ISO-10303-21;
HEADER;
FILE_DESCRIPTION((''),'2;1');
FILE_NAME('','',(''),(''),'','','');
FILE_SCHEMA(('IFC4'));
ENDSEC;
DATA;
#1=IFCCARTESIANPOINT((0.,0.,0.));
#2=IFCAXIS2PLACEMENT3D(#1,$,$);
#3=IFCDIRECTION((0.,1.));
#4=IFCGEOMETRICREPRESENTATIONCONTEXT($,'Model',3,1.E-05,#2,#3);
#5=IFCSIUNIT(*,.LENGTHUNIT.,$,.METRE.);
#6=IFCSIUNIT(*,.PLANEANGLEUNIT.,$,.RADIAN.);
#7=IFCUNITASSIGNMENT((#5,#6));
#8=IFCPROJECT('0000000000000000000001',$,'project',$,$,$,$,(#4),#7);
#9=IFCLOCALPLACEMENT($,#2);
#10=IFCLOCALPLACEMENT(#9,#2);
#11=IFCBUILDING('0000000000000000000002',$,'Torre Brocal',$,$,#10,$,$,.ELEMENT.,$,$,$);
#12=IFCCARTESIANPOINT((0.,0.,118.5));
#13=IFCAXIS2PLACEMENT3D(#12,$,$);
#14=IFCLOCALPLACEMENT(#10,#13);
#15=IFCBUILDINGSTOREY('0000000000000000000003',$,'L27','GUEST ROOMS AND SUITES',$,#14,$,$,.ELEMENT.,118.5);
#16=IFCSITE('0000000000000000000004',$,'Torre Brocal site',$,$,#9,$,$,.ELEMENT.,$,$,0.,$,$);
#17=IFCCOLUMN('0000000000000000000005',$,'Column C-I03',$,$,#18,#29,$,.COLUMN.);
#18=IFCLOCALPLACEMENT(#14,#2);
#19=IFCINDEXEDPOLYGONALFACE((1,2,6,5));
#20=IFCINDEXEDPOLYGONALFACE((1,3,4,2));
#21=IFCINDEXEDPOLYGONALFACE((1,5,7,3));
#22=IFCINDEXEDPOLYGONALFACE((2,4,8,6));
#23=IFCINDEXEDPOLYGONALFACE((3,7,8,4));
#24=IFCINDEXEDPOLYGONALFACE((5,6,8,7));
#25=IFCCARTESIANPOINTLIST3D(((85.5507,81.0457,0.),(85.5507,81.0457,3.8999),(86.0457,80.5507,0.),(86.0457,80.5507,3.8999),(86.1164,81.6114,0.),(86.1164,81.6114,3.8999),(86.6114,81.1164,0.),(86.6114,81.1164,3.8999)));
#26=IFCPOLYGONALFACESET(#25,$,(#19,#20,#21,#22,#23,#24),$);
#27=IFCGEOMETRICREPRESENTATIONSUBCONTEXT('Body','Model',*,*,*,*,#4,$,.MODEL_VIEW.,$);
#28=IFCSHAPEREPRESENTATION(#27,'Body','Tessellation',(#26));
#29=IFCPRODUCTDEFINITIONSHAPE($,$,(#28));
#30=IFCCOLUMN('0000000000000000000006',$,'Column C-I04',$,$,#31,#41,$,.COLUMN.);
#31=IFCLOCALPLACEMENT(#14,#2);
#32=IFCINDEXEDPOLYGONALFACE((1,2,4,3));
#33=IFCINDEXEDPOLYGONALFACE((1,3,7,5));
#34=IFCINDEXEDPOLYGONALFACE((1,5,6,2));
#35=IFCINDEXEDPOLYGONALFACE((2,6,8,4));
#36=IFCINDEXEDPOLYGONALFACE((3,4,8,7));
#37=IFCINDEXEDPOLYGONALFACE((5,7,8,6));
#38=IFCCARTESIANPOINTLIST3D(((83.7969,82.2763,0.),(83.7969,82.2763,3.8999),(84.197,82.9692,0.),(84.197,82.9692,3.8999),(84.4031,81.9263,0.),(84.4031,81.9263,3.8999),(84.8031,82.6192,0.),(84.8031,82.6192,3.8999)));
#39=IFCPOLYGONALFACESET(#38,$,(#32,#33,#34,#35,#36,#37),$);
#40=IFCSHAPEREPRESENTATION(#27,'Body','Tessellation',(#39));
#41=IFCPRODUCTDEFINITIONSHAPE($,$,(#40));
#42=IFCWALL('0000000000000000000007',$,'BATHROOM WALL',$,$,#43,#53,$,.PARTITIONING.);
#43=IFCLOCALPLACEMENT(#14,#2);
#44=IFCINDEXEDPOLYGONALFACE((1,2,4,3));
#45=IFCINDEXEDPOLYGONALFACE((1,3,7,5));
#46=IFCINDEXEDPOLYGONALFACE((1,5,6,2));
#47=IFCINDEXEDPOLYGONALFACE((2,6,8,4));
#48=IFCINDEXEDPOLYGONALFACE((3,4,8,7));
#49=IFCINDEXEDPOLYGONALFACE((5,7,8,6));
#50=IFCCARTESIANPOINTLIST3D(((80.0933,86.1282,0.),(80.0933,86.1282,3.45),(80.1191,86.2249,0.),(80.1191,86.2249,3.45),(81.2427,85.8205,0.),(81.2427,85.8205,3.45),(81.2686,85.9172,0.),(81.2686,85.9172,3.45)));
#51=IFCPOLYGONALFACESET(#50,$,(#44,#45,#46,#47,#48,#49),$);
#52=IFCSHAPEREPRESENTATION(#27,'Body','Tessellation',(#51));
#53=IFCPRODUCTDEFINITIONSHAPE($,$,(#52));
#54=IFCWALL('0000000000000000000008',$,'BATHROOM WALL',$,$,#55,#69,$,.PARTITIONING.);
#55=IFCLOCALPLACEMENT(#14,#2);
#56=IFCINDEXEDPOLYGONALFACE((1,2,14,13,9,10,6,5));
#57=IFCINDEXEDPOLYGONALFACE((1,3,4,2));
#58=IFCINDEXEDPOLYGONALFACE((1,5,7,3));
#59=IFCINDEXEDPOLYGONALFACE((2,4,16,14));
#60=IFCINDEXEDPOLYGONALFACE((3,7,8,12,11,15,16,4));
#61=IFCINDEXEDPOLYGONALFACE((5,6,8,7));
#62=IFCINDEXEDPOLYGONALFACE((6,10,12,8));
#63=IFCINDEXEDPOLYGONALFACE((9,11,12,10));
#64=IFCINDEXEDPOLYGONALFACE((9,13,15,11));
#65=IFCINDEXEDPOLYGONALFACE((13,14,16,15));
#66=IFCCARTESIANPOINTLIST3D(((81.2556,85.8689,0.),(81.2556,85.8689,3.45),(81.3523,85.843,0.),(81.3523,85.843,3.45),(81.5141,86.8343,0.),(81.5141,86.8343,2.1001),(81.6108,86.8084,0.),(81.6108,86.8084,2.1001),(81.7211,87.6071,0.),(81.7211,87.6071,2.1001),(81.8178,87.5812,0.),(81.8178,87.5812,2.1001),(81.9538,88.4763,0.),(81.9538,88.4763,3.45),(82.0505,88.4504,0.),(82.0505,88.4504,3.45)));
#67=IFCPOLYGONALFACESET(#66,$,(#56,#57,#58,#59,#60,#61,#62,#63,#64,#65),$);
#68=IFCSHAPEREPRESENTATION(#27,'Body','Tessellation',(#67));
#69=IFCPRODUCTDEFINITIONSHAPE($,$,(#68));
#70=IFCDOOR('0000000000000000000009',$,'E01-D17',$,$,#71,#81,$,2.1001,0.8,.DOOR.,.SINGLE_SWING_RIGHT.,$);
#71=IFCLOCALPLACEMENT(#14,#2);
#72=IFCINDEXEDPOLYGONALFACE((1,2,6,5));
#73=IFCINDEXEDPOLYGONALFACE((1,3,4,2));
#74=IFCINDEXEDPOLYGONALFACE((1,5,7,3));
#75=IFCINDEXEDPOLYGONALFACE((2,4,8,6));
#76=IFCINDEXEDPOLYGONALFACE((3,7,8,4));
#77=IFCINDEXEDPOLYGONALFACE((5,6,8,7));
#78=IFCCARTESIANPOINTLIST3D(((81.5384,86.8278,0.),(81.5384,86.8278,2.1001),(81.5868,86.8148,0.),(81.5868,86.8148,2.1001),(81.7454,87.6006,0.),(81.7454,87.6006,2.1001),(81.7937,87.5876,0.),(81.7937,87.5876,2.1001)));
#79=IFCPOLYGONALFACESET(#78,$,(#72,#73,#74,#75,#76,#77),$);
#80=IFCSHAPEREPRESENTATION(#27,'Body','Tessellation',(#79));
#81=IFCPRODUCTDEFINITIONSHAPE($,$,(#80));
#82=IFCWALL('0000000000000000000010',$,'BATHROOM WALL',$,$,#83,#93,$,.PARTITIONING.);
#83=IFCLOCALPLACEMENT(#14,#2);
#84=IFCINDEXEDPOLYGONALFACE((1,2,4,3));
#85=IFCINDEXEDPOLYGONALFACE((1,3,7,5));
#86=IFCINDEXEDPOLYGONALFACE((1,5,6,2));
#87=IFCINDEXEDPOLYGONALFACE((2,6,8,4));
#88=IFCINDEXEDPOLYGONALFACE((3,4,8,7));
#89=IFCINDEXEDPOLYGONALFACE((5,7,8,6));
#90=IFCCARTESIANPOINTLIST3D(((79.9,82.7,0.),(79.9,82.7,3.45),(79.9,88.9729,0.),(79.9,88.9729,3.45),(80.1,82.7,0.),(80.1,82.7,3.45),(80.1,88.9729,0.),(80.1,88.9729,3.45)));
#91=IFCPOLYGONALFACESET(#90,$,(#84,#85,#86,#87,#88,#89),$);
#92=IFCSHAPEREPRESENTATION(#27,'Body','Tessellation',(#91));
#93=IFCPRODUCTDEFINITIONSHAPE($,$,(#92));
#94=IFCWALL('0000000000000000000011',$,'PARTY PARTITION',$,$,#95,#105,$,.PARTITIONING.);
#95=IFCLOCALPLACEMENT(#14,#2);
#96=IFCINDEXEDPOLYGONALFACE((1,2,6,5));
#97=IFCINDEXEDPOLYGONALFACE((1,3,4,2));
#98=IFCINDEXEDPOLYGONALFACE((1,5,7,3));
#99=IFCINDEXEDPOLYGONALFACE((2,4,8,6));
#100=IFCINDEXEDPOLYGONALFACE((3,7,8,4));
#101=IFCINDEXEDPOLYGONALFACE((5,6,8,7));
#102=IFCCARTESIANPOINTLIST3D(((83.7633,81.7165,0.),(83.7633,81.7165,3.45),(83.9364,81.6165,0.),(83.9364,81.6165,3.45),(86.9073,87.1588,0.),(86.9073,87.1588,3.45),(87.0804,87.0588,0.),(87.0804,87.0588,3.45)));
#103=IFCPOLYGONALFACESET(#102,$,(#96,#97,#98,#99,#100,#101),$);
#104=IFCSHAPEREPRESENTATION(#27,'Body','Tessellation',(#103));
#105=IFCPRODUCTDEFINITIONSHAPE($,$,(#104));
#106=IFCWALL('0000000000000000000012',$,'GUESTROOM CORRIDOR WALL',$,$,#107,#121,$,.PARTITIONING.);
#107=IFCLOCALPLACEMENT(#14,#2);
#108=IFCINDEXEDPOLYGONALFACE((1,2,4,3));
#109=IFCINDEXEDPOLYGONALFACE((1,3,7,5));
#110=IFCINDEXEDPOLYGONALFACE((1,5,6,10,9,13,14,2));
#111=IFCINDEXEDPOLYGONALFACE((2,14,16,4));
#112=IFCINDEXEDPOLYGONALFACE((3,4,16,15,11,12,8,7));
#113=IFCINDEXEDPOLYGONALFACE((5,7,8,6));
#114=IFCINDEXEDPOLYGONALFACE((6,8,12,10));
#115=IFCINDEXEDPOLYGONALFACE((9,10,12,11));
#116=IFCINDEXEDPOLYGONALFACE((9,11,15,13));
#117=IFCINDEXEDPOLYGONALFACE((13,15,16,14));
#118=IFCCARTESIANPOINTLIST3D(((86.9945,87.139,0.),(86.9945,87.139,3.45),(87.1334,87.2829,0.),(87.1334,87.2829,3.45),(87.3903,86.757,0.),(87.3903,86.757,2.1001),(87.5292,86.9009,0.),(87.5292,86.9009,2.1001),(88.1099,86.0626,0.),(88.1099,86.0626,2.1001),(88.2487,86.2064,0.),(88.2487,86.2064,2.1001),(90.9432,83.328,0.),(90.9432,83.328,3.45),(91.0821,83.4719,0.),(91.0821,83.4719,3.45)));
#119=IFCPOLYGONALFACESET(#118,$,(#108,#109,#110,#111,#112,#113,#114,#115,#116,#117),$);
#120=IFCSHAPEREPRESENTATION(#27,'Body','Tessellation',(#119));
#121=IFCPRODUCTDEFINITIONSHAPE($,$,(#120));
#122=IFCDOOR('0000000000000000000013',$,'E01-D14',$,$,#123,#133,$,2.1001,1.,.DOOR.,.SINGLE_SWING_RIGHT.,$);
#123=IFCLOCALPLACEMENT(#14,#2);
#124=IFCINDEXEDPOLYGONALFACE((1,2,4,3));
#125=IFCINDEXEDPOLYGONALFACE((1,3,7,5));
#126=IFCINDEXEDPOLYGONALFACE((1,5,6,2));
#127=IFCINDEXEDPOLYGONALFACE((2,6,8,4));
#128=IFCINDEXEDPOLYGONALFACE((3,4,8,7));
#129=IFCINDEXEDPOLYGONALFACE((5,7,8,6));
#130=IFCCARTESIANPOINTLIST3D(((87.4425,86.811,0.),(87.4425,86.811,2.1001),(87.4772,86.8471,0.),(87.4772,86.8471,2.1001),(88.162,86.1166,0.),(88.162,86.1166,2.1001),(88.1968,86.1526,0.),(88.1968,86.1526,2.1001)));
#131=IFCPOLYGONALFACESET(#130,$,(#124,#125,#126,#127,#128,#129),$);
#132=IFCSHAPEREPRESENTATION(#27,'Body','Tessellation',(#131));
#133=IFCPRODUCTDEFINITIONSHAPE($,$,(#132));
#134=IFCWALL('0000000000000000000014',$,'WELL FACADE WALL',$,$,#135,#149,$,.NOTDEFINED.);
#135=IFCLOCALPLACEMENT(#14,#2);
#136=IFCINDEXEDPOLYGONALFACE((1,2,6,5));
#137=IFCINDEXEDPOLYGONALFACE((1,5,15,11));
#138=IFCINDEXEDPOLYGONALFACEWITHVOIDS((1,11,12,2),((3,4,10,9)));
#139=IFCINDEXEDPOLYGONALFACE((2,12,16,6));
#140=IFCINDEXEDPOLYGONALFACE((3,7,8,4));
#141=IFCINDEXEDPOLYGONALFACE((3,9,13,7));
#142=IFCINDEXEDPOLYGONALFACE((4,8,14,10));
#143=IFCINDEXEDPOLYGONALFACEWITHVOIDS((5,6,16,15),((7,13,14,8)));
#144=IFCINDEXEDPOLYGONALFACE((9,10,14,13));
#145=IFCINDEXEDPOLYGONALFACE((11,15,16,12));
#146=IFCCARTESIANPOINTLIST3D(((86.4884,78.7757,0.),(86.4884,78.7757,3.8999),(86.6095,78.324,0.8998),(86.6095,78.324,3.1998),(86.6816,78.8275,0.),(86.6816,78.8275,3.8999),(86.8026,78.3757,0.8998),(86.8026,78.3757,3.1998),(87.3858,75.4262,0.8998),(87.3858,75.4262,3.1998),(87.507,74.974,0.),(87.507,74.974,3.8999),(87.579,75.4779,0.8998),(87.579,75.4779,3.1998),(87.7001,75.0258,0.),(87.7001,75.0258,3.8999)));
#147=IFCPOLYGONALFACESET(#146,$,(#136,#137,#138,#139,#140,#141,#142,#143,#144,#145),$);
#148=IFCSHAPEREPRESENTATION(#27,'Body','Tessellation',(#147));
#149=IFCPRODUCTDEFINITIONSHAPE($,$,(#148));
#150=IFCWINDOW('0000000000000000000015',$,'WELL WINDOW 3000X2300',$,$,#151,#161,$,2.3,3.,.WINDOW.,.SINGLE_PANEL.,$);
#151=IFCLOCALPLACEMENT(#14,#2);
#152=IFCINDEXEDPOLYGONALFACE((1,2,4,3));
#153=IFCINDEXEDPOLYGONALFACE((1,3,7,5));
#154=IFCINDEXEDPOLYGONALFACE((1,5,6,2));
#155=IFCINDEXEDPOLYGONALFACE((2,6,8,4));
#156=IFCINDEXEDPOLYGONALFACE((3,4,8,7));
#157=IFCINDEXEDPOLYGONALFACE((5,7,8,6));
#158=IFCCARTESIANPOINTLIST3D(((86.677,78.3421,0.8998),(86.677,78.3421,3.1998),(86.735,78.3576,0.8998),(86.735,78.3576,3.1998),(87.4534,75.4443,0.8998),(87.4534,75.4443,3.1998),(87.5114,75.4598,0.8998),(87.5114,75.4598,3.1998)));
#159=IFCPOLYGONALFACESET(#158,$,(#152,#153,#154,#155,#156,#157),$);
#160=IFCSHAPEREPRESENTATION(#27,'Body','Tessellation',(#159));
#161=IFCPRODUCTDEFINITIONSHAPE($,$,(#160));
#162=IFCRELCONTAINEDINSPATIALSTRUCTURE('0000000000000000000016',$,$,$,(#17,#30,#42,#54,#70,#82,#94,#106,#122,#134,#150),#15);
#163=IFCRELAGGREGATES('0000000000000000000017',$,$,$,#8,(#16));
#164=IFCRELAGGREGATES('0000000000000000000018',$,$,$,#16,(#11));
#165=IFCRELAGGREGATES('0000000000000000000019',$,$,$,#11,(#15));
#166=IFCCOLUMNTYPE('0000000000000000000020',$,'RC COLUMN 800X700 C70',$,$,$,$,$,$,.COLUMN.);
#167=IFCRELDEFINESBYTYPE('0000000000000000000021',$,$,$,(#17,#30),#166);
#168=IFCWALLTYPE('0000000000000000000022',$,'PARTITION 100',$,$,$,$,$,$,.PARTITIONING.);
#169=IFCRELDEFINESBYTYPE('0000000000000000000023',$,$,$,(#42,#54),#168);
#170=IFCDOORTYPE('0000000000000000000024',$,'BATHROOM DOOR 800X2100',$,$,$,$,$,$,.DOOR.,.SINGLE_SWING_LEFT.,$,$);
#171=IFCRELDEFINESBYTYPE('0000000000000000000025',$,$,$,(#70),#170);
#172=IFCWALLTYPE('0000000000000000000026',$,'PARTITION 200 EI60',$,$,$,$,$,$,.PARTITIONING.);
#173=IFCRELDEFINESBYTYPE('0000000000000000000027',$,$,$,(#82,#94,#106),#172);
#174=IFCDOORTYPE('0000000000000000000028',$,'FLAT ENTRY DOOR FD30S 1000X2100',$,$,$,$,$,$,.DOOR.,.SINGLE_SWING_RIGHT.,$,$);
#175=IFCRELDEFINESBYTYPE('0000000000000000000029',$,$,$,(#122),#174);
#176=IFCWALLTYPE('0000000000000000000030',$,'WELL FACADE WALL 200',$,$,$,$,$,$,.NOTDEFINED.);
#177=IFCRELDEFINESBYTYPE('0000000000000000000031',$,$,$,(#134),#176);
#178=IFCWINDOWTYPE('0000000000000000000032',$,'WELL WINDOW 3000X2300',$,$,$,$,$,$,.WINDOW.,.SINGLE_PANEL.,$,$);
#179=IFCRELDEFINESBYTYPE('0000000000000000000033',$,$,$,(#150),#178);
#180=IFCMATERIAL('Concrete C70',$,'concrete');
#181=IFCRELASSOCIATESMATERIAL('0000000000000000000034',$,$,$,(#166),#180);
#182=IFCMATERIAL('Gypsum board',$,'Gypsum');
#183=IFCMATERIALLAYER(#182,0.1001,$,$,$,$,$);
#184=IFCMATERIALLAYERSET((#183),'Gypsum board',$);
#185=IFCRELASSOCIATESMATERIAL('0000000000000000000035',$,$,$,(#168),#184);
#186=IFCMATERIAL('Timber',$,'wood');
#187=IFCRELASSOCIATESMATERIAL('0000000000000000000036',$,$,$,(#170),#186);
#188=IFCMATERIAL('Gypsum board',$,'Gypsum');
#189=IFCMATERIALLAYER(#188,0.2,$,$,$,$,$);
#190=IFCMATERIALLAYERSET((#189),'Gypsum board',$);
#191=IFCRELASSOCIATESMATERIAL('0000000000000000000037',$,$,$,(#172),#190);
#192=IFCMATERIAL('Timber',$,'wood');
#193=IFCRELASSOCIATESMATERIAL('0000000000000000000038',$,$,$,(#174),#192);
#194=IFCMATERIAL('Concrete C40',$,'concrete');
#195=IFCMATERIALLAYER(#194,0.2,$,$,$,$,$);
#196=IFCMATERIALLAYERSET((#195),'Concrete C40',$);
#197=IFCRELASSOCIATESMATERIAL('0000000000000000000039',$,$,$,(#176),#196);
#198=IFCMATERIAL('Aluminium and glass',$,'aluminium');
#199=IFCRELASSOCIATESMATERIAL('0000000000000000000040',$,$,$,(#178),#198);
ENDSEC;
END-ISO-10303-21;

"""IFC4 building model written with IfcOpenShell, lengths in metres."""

from ifc_helpers import new_model, si_unit, direction, frame, frame_2d, origin, origin_2d, place, context, subcontext, project, spatial, rectangle, extrude, material, layer, layer_set, material_profile, profile_set, type_object, element, fill, save


model = new_model("IFC4")

# Units and contexts
model_context = context("Model", 3, precision=1e-05, world=origin(), true_north=direction((0.0, 1.0)))
body_context = subcontext(model_context, "Body", "Model", "MODEL_VIEW")
ifc_project = project(units=[si_unit("LENGTHUNIT", "METRE"), si_unit("PLANEANGLEUNIT", "RADIAN")], contexts=[model_context])

# Site, building, storey
site_placement = place(None, origin())
site = spatial("IfcSite", under=ifc_project, at=site_placement, Name="Torre Brocal site", CompositionType="ELEMENT", RefElevation=0.0)
building_placement = place(site_placement, origin())
building = spatial("IfcBuilding", under=site, at=building_placement, Name="Torre Brocal", CompositionType="ELEMENT")
storey_placement = place(building_placement, frame((0.0, 0.0, 118.5)))
storey = spatial("IfcBuildingStorey", under=building, at=storey_placement, Name="L27", Description="GUEST ROOMS AND SUITES", CompositionType="ELEMENT", Elevation=118.5)

# Columns
ifc_material_1 = material(Name="Concrete C70", Category="concrete")
ifc_material_profile = material_profile(ifc_material_1, rectangle(XDim=0.8, YDim=0.7, at=origin_2d()), Name="RC 800X700")
ifc_profile_set = profile_set([ifc_material_profile], Name="Concrete C70")
column_type = type_object("IfcColumnType", Name="RC COLUMN 800X700 C70", PredefinedType="COLUMN", material=ifc_profile_set)
for number, where, z_axis, x_axis, name in (
    (1, (86.0811, 81.0811, 0.0), (0.0, 0.0, 1.0), (0.707107, 0.707107, 0.0), "Column C-I03"),
    (2, (84.3, 82.4478, 0.0), (0.0, 0.0, 1.0), (0.5, 0.866025, 0.0), "Column C-I04"),
):
    element("IfcColumn", number, at=place(storey_placement, frame(where, z_axis=z_axis, x_axis=x_axis)), inside=storey, type_object=column_type, Name=name, PredefinedType="COLUMN", context=body_context, shape_type="SweptSolid", body=[
        extrude(rectangle(XDim=0.8, YDim=0.7, at=origin_2d()), origin(), (0.0, 0.0, 1.0), 3.8999),
    ])

# Wall
ifc_material_2 = material(Name="Gypsum board", Category="Gypsum")
ifc_layer_1 = layer(ifc_material_2, 0.1001)
ifc_layer_set_1 = layer_set([ifc_layer_1], Name="Gypsum board")
wall_type_1 = type_object("IfcWallType", Name="PARTITION 100", PredefinedType="PARTITIONING", material=ifc_layer_set_1)
wall_1_placement = place(storey_placement, frame((80.1062, 86.1765, 0.0), z_axis=(0.0, 0.0, 1.0), x_axis=(0.966003, -0.258531, 0.0)))
element("IfcWall", 3, at=wall_1_placement, inside=storey, type_object=wall_type_1, Name="BATHROOM WALL", PredefinedType="PARTITIONING", context=body_context, shape_type="SweptSolid", body=[
    extrude(rectangle(XDim=1.1899, YDim=0.1001, at=frame_2d((0.595, 0.0))), origin(), (0.0, 0.0, 1.0), 3.45),
])

# Wall, opening, door
wall_2_placement = place(storey_placement, frame((81.304, 85.856, 0.0), z_axis=(0.0, 0.0, 1.0), x_axis=(0.258676, 0.965964, 0.0)))
wall_2 = element("IfcWall", 4, at=wall_2_placement, inside=storey, type_object=wall_type_1, Name="BATHROOM WALL", PredefinedType="PARTITIONING", context=body_context, shape_type="SweptSolid", body=[
    extrude(rectangle(XDim=2.6992, YDim=0.1001, at=frame_2d((1.3496, 0.0))), origin(), (0.0, 0.0, 1.0), 3.45),
])
opening_1_placement = place(wall_2_placement, frame((0.9995, 0.0, 0.0)))
opening_1 = element("IfcOpeningElement", 5, at=opening_1_placement, cuts=wall_2, PredefinedType="OPENING", context=body_context, shape_type="SweptSolid", body=[
    extrude(rectangle(XDim=0.8, YDim=2.1001, at=frame_2d((0.3999, 1.05))), frame((0.0, 0.0601, 0.0), z_axis=(0.0, -1.0, 0.0), x_axis=(1.0, 0.0, 0.0)), (0.0, 0.0, 1.0), 0.1201),
])
ifc_material_3 = material(Name="Timber", Category="wood")
door_type_1 = type_object("IfcDoorType", Name="BATHROOM DOOR 800X2100", OperationType="SINGLE_SWING_LEFT", PredefinedType="DOOR", material=ifc_material_3)
door_1_placement = place(opening_1_placement, origin())
door_1 = element("IfcDoor", 6, at=door_1_placement, inside=storey, type_object=door_type_1, Name="E01-D17", OperationType="SINGLE_SWING_RIGHT", OverallHeight=2.1001, OverallWidth=0.8, PredefinedType="DOOR", context=body_context, shape_type="SweptSolid", body=[
    extrude(rectangle(XDim=0.8, YDim=2.1001, at=frame_2d((0.3999, 1.05))), frame((0.0, 0.0249, 0.0), z_axis=(0.0, -1.0, 0.0), x_axis=(1.0, 0.0, 0.0)), (0.0, 0.0, 1.0), 0.05),
])
fill(opening_1, door_1)

# Walls
ifc_material_4 = material(Name="Gypsum board", Category="Gypsum")
ifc_layer_2 = layer(ifc_material_4, 0.2)
ifc_layer_set_2 = layer_set([ifc_layer_2], Name="Gypsum board")
wall_type_2 = type_object("IfcWallType", Name="PARTITION 200 EI60", PredefinedType="PARTITIONING", material=ifc_layer_set_2)
wall_3_placement = place(storey_placement, frame((80.0, 82.7, 0.0), z_axis=(0.0, 0.0, 1.0), x_axis=(0.0, 1.0, 0.0)))
element("IfcWall", 7, at=wall_3_placement, inside=storey, type_object=wall_type_2, Name="BATHROOM WALL", PredefinedType="PARTITIONING", context=body_context, shape_type="SweptSolid", body=[
    extrude(rectangle(XDim=6.2729, YDim=0.2, at=frame_2d((3.1365, 0.0))), origin(), (0.0, 0.0, 1.0), 3.45),
])
wall_4_placement = place(storey_placement, frame((83.8499, 81.6665, 0.0), z_axis=(0.0, 0.0, 1.0), x_axis=(0.500225, 0.865896, 0.0)))
element("IfcWall", 8, at=wall_4_placement, inside=storey, type_object=wall_type_2, Name="PARTY PARTITION", PredefinedType="PARTITIONING", context=body_context, shape_type="SweptSolid", body=[
    extrude(rectangle(XDim=6.2852, YDim=0.2, at=frame_2d((3.1426, 0.0))), origin(), (0.0, 0.0, 1.0), 3.45),
])

# Wall, opening, door
wall_5_placement = place(storey_placement, frame((87.064, 87.2109, 0.0), z_axis=(0.0, 0.0, 1.0), x_axis=(0.719541, -0.69445, 0.0)))
wall_5 = element("IfcWall", 9, at=wall_5_placement, inside=storey, type_object=wall_type_2, Name="GUESTROOM CORRIDOR WALL", PredefinedType="PARTITIONING", context=body_context, shape_type="SweptSolid", body=[
    extrude(rectangle(XDim=5.4878, YDim=0.2, at=frame_2d((2.7439, 0.0))), origin(), (0.0, 0.0, 1.0), 3.45),
])
opening_2_placement = place(wall_5_placement, frame((0.55, 0.0, 0.0)))
opening_2 = element("IfcOpeningElement", 10, at=opening_2_placement, cuts=wall_5, PredefinedType="OPENING", context=body_context, shape_type="SweptSolid", body=[
    extrude(rectangle(XDim=1.0, YDim=2.1001, at=frame_2d((0.5, 1.05))), frame((0.0, 0.1099, 0.0), z_axis=(0.0, -1.0, 0.0), x_axis=(1.0, 0.0, 0.0)), (0.0, 0.0, 1.0), 0.22),
])
ifc_material_5 = material(Name="Timber", Category="wood")
door_type_2 = type_object("IfcDoorType", Name="FLAT ENTRY DOOR FD30S 1000X2100", OperationType="SINGLE_SWING_RIGHT", PredefinedType="DOOR", material=ifc_material_5)
door_2_placement = place(opening_2_placement, frame((1.0, 0.0, 0.0), z_axis=(0.0, 0.0, 1.0), x_axis=(-1.0, 0.0, 0.0)))
door_2 = element("IfcDoor", 11, at=door_2_placement, inside=storey, type_object=door_type_2, Name="E01-D14", OperationType="SINGLE_SWING_RIGHT", OverallHeight=2.1001, OverallWidth=1.0, PredefinedType="DOOR", context=body_context, shape_type="SweptSolid", body=[
    extrude(rectangle(XDim=1.0, YDim=2.1001, at=frame_2d((0.5, 1.05))), frame((0.0, 0.0249, 0.0), z_axis=(0.0, -1.0, 0.0), x_axis=(1.0, 0.0, 0.0)), (0.0, 0.0, 1.0), 0.05),
])
fill(opening_2, door_2)

# Wall, opening, window
ifc_material_6 = material(Name="Concrete C40", Category="concrete")
ifc_layer_3 = layer(ifc_material_6, 0.2)
ifc_layer_set_3 = layer_set([ifc_layer_3], Name="Concrete C40")
wall_type_3 = type_object("IfcWallType", Name="WELL FACADE WALL 200", PredefinedType="NOTDEFINED", material=ifc_layer_set_3)
wall_6_placement = place(storey_placement, frame((87.6035, 75.0, 0.0), z_axis=(0.0, 0.0, 1.0), x_axis=(-0.25879, 0.965934, 0.0)))
wall_6 = element("IfcWall", 12, at=wall_6_placement, inside=storey, type_object=wall_type_3, Name="WELL FACADE WALL", PredefinedType="NOTDEFINED", context=body_context, shape_type="SweptSolid", body=[
    extrude(rectangle(XDim=3.9358, YDim=0.2, at=frame_2d((1.9678, 0.0))), origin(), (0.0, 0.0, 1.0), 3.8999),
])
opening_3_placement = place(wall_6_placement, frame((0.468, 0.0, 0.8999)))
opening_3 = element("IfcOpeningElement", 13, at=opening_3_placement, cuts=wall_6, PredefinedType="OPENING", context=body_context, shape_type="SweptSolid", body=[
    extrude(rectangle(XDim=3.0, YDim=2.3, at=frame_2d((1.5, 1.1499))), frame((0.0, 0.1099, 0.0), z_axis=(0.0, -1.0, 0.0), x_axis=(1.0, 0.0, 0.0)), (0.0, 0.0, 1.0), 0.22),
])
ifc_material_7 = material(Name="Aluminium and glass", Category="aluminium")
window_type = type_object("IfcWindowType", Name="WELL WINDOW 3000X2300", PartitioningType="SINGLE_PANEL", PredefinedType="WINDOW", material=ifc_material_7)
window_1_placement = place(opening_3_placement, origin())
window_1 = element("IfcWindow", 14, at=window_1_placement, inside=storey, type_object=window_type, Name="WELL WINDOW 3000X2300", OverallHeight=2.3, OverallWidth=3.0, PartitioningType="SINGLE_PANEL", PredefinedType="WINDOW", context=body_context, shape_type="SweptSolid", body=[
    extrude(rectangle(XDim=3.0, YDim=2.3, at=frame_2d((1.5, 1.1499))), frame((0.0, 0.03, 0.0), z_axis=(0.0, -1.0, 0.0), x_axis=(1.0, 0.0, 0.0)), (0.0, 0.0, 1.0), 0.0601),
])
fill(opening_3, window_1)

save(model, "model.ifc")
